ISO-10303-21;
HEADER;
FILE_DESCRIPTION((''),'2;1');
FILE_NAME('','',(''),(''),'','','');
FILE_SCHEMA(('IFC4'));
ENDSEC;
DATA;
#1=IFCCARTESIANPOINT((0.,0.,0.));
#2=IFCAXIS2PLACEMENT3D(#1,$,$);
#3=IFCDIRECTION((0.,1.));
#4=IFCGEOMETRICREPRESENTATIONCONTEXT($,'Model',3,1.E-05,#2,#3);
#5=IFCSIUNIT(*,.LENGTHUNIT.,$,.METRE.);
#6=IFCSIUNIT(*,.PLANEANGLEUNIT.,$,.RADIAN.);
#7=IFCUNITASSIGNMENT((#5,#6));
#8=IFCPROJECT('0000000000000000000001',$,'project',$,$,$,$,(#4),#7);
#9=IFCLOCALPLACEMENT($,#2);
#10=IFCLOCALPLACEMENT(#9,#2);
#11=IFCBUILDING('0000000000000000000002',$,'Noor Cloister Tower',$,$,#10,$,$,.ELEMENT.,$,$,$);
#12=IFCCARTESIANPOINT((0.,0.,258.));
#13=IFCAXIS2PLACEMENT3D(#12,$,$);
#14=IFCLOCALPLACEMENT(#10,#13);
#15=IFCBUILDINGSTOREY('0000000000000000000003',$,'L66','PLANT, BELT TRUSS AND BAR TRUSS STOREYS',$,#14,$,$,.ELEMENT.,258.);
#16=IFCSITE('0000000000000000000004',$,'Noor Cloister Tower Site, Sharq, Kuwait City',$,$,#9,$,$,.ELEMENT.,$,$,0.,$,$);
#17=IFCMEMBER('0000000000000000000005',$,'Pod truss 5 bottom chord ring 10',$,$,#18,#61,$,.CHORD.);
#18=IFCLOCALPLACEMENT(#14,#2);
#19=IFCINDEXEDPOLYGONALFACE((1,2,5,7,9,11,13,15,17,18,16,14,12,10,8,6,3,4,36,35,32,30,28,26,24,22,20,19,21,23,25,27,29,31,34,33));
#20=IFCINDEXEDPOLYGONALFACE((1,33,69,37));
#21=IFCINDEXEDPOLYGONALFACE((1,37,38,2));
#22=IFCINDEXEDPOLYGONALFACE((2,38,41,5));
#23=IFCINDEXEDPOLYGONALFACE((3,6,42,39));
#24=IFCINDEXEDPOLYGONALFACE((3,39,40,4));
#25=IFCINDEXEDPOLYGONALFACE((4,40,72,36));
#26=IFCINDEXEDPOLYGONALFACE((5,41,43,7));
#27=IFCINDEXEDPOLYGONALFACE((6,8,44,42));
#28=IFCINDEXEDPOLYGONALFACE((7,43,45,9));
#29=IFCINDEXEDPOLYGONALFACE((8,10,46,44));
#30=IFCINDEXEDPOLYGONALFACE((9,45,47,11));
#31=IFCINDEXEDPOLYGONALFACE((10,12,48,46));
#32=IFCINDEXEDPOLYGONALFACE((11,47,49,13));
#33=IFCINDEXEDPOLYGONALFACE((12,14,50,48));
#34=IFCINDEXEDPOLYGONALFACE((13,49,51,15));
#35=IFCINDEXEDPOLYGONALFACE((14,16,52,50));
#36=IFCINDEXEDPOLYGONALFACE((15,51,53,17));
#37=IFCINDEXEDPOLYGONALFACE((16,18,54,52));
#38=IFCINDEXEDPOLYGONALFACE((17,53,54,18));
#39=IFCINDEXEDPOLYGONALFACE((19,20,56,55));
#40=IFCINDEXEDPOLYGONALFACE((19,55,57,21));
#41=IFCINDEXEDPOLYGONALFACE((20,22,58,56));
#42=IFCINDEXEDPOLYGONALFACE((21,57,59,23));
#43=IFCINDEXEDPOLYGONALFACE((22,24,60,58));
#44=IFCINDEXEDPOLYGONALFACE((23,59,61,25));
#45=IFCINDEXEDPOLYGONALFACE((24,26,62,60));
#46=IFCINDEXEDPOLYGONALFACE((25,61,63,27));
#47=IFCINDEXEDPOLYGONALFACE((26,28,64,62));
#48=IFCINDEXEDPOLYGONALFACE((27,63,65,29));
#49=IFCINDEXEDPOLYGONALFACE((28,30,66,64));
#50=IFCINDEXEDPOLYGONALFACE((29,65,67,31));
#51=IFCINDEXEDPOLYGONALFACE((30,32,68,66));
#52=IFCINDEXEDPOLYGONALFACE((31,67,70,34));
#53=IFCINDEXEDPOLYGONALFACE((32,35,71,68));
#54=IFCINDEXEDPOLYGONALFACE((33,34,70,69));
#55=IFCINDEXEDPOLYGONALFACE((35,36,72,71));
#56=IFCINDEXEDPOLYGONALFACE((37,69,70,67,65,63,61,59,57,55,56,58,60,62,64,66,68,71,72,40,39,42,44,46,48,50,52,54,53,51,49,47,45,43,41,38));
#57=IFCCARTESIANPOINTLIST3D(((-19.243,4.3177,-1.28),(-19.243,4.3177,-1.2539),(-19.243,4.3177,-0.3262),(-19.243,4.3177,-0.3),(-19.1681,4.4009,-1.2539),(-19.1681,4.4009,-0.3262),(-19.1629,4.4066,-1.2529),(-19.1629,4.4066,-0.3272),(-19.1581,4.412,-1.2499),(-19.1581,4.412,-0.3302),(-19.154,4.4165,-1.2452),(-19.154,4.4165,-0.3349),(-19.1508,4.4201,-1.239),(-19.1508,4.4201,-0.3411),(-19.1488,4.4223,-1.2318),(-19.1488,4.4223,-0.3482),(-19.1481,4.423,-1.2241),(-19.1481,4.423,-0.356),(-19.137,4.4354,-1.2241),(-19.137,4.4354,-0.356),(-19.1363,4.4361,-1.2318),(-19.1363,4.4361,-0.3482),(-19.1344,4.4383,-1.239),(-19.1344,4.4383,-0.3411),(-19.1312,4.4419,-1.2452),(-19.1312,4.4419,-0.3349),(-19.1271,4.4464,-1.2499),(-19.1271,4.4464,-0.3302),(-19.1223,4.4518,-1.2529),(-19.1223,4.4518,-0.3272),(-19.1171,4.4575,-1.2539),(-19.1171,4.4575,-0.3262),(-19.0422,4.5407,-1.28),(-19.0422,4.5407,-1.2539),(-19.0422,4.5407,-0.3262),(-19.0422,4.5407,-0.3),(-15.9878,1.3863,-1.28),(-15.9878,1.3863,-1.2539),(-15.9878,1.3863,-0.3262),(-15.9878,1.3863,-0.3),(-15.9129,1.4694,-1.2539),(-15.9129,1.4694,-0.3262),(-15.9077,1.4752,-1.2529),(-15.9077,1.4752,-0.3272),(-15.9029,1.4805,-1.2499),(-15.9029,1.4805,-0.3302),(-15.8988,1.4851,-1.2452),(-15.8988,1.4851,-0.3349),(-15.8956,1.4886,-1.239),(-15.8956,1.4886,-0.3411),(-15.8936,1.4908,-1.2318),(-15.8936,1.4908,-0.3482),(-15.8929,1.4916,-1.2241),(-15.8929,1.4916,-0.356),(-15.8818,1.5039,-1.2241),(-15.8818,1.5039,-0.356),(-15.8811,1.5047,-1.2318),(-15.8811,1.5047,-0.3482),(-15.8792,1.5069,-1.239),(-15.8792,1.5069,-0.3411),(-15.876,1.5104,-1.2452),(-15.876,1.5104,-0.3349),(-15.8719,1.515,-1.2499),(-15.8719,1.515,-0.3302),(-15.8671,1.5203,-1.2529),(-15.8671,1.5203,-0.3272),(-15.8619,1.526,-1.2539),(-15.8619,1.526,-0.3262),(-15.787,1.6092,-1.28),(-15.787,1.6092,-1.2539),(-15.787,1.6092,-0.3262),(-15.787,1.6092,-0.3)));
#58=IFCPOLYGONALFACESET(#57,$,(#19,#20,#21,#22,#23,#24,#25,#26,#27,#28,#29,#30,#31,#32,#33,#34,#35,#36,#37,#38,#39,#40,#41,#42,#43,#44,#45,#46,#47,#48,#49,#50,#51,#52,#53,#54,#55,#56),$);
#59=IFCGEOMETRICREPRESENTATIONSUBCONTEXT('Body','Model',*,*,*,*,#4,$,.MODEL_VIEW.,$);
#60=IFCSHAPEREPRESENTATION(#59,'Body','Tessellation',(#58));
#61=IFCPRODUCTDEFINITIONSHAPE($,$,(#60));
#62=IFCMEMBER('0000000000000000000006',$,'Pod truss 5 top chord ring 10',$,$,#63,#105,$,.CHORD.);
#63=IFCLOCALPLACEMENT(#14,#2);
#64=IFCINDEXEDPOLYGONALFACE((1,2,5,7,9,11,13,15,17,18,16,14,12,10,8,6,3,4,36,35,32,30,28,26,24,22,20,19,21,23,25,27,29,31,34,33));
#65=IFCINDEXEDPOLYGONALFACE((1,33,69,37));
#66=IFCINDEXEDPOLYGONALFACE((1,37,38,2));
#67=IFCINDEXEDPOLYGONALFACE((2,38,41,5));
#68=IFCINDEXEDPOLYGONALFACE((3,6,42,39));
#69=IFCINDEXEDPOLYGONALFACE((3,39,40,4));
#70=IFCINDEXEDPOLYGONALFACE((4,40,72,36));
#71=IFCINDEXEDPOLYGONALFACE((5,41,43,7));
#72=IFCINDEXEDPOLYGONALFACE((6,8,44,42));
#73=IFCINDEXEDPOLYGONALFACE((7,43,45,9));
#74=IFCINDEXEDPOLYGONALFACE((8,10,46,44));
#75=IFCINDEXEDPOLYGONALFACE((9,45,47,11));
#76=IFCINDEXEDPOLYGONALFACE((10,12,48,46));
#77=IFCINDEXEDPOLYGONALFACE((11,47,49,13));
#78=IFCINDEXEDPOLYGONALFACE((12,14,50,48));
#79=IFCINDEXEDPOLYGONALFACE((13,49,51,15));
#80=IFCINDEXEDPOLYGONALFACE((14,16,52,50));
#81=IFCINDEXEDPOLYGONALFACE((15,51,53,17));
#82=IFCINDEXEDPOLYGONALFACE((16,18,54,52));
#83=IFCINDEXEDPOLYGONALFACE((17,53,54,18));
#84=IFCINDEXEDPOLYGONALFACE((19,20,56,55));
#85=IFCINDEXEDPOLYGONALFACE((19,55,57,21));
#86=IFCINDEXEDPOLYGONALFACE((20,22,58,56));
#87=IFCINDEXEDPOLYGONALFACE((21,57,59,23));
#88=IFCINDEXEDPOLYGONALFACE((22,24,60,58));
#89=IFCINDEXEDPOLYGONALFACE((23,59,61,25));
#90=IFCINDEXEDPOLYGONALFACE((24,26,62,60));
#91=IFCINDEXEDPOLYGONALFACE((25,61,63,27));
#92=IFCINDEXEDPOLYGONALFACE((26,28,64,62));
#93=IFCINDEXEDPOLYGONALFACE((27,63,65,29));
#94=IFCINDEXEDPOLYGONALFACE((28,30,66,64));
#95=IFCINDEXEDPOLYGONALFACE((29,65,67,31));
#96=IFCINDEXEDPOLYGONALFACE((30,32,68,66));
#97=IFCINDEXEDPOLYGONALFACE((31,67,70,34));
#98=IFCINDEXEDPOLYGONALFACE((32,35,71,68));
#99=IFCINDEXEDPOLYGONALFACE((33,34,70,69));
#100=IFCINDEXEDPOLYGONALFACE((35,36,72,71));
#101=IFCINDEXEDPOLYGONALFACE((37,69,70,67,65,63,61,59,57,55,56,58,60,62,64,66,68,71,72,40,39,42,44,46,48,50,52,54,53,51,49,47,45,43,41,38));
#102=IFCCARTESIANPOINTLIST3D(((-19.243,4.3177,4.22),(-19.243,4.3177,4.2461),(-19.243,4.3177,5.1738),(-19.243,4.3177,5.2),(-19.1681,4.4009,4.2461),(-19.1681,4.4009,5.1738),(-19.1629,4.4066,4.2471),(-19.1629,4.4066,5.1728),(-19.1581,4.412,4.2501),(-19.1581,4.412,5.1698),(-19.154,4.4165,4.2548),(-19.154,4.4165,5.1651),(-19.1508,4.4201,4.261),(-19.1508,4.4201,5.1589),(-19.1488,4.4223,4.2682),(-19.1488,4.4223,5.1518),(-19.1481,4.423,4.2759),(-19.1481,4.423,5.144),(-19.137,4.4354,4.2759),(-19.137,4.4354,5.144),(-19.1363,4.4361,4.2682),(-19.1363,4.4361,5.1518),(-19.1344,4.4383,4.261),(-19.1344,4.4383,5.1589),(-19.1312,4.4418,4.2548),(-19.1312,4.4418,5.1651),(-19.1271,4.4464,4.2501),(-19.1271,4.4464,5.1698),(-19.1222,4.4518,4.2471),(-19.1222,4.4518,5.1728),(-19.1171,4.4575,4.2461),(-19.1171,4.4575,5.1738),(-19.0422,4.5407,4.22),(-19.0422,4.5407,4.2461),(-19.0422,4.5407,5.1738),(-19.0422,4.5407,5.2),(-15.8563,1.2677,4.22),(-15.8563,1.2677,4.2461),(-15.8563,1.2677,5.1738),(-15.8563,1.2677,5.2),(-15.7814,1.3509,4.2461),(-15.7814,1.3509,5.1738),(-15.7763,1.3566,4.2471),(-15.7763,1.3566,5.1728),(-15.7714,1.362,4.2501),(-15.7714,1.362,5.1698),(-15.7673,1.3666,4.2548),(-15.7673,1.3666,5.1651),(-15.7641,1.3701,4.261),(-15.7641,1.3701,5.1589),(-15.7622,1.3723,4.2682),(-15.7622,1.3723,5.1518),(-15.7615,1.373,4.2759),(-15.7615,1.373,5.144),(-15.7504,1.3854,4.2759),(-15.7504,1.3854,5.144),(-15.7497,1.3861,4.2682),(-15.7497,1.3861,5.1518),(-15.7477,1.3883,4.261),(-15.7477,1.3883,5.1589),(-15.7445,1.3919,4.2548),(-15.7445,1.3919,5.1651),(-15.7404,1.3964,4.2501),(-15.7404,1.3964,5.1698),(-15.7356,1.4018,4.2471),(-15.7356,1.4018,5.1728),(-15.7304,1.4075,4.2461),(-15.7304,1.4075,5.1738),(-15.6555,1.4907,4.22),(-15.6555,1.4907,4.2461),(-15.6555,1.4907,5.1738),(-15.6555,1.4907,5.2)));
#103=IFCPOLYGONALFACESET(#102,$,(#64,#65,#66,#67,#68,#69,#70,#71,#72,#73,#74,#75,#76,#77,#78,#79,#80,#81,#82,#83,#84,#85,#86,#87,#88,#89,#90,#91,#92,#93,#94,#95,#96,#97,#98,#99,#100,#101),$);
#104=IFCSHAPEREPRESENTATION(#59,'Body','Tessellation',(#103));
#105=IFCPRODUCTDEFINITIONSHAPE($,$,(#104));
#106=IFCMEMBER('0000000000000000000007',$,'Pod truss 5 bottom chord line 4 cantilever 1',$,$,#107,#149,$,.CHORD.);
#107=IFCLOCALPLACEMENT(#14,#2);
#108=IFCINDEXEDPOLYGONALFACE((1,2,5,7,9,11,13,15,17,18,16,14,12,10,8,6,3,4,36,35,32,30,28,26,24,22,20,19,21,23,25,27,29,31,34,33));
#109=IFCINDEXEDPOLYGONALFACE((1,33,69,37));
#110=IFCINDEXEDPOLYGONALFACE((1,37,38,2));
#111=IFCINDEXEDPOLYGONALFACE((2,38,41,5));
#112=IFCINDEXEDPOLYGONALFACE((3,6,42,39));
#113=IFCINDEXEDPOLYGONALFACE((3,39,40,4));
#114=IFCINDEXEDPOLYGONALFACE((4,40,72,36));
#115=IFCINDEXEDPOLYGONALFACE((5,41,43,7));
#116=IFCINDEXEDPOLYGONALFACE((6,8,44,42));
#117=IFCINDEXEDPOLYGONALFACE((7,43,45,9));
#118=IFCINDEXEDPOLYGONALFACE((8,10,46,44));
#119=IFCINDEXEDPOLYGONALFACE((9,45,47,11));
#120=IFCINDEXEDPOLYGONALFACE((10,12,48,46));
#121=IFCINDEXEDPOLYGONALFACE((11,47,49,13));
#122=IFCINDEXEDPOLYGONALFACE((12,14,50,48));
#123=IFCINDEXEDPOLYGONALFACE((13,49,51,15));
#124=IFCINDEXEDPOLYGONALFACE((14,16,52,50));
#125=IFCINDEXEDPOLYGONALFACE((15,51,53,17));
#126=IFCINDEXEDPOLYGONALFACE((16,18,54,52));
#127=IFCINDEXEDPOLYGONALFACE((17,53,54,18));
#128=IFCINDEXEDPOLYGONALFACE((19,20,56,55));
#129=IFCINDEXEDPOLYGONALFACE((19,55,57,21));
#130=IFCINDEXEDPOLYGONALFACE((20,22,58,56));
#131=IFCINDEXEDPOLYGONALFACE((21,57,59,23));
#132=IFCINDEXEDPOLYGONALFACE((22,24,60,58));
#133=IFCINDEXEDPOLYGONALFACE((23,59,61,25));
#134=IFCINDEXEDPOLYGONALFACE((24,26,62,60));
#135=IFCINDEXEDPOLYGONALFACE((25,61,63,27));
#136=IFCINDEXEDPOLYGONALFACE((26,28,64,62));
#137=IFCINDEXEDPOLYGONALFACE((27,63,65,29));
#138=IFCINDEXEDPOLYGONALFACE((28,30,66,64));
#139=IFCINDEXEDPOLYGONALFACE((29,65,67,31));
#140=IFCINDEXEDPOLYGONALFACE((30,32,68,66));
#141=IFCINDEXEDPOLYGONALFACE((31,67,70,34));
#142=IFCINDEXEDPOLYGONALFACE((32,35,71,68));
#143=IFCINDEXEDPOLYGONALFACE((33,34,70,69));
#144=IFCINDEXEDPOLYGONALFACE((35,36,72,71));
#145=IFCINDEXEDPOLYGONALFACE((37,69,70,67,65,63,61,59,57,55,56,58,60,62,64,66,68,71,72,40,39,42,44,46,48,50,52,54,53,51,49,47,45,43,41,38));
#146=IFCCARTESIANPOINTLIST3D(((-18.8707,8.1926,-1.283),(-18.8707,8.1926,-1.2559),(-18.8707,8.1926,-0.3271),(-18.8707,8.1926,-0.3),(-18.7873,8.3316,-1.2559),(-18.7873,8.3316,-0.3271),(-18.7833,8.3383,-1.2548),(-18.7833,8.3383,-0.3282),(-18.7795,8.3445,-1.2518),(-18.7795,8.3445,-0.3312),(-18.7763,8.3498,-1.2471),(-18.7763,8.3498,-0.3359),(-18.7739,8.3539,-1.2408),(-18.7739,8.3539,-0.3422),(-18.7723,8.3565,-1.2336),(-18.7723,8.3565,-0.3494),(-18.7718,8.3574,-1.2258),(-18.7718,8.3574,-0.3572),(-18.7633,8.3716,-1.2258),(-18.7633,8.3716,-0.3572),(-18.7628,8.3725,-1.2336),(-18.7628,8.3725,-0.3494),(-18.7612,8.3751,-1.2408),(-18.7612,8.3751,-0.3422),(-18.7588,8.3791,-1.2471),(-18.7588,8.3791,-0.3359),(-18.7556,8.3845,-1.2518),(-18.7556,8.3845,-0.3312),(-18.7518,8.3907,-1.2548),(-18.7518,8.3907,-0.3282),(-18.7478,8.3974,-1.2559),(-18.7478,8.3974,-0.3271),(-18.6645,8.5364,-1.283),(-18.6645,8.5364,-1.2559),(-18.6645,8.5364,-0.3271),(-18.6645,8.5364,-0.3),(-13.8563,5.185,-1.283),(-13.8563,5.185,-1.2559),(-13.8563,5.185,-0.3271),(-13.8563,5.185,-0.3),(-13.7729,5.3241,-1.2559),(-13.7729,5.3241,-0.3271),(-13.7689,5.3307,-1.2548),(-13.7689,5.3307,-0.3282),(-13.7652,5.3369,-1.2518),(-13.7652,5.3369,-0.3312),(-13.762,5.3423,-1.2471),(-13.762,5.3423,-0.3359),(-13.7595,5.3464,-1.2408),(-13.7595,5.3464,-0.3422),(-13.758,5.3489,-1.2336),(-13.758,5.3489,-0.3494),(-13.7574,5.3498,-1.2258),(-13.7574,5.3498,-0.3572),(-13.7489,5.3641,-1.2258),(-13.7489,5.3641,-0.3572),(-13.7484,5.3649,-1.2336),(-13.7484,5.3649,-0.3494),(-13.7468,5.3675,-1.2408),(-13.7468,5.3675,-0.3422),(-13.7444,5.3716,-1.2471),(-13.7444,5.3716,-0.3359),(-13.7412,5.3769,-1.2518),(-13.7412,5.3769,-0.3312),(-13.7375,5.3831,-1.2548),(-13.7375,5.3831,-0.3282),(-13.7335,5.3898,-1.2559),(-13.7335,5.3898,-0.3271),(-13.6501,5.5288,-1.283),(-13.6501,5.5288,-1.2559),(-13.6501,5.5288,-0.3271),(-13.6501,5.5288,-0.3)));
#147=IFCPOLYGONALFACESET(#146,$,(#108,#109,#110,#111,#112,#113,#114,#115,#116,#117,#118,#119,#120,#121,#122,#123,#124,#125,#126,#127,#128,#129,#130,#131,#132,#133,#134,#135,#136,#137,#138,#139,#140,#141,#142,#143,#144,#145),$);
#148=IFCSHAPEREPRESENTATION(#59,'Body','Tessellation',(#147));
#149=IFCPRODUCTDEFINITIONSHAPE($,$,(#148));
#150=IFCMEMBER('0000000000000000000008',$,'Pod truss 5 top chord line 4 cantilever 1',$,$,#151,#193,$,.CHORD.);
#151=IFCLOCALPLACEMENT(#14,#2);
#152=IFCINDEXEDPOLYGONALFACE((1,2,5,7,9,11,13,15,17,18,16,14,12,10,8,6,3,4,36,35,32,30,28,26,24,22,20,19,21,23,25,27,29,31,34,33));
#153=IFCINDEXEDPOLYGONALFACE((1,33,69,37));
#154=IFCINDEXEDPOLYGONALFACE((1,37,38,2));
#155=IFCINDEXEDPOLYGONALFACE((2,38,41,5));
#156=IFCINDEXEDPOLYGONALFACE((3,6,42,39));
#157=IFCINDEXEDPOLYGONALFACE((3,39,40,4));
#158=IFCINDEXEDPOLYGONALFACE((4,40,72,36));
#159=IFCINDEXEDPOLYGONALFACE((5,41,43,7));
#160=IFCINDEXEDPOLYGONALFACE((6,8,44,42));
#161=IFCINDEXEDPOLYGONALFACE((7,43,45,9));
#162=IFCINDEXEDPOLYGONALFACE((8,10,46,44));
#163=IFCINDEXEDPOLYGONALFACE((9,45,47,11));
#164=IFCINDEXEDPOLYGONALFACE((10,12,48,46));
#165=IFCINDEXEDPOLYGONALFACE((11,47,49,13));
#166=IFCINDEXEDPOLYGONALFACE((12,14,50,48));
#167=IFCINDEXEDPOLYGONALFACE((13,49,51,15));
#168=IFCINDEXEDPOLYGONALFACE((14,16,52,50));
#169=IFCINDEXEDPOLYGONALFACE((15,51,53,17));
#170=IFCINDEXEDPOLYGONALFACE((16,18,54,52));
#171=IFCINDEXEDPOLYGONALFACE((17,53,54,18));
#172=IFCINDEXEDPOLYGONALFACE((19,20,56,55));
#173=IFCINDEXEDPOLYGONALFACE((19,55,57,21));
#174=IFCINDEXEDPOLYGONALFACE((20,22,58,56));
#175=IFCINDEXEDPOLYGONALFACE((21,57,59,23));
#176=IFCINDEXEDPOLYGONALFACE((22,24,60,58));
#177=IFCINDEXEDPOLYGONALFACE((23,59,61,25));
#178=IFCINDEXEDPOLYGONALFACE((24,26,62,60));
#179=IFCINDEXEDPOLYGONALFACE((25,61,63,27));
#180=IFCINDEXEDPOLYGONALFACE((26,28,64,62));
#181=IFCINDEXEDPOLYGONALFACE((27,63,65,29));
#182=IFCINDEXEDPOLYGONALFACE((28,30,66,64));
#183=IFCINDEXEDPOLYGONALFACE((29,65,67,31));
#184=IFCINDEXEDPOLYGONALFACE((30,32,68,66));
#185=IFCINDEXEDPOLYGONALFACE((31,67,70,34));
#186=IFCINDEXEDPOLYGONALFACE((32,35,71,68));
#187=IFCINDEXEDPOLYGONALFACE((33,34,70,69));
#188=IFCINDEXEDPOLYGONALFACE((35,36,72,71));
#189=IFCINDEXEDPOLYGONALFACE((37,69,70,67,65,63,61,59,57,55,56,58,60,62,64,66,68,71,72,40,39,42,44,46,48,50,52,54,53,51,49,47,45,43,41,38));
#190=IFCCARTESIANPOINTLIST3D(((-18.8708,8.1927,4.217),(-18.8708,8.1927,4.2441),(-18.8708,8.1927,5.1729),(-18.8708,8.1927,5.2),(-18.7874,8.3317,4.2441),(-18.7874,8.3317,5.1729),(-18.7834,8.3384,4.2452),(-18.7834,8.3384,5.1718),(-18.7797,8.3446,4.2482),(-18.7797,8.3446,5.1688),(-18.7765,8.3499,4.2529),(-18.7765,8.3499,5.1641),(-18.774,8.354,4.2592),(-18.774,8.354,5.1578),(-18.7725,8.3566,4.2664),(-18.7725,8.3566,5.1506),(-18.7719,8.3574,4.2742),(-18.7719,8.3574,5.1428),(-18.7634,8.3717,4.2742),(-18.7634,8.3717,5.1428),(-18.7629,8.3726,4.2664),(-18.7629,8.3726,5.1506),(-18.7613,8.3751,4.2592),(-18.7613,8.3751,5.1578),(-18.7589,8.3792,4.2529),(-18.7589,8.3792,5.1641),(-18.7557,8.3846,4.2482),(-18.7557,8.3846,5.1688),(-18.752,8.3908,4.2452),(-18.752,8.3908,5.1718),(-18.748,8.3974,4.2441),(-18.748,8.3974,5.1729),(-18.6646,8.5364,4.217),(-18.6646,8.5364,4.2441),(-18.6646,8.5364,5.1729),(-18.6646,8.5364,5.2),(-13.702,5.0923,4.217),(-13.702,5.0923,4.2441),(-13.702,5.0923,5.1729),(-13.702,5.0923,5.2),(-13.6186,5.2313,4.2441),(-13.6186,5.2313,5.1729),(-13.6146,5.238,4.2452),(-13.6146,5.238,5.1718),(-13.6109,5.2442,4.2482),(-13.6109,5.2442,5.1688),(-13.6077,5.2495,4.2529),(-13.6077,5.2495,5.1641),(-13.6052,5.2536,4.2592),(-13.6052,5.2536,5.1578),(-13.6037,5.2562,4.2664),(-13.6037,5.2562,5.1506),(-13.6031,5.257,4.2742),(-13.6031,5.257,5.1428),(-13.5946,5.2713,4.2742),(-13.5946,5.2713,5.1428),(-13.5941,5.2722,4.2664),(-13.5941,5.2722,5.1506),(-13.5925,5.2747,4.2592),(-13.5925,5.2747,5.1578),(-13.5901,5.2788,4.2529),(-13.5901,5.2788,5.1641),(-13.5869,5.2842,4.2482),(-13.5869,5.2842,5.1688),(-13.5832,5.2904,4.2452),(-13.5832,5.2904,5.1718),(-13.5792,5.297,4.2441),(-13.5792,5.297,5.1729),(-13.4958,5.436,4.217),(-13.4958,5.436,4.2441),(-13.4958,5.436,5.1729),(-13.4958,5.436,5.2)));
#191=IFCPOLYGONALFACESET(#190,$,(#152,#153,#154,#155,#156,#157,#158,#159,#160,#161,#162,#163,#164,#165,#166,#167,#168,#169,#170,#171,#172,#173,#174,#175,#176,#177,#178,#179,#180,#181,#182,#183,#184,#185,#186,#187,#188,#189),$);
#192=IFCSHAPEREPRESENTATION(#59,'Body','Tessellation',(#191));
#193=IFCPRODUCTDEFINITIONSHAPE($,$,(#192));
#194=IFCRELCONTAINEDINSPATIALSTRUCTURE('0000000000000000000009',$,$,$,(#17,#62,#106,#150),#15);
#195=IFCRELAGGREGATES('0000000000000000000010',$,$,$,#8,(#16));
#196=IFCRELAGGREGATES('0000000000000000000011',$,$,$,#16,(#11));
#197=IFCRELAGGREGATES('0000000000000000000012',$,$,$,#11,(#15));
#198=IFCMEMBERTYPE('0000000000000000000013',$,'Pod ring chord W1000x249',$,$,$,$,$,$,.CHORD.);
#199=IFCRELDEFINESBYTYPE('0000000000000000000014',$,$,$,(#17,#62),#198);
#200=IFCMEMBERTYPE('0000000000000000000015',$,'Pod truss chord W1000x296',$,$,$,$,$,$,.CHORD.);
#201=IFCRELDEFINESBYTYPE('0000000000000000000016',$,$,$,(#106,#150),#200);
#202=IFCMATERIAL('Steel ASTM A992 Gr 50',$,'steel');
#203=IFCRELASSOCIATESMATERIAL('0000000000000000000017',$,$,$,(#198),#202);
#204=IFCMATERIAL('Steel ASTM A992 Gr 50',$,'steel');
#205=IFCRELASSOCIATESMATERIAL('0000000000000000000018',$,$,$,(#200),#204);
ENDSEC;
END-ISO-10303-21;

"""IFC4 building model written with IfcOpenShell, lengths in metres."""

from ifc_helpers import new_model, si_unit, direction, frame, origin, origin_2d, place, context, subcontext, project, spatial, i_section, extrude, material, material_profile, profile_set, type_object, element, save


model = new_model("IFC4")

# Units and contexts
model_context = context("Model", 3, precision=1e-05, world=origin(), true_north=direction((0.0, 1.0)))
body_context = subcontext(model_context, "Body", "Model", "MODEL_VIEW")
ifc_project = project(units=[si_unit("LENGTHUNIT", "METRE"), si_unit("PLANEANGLEUNIT", "RADIAN")], contexts=[model_context])

# Site, building, storey
site_placement = place(None, origin())
site = spatial("IfcSite", under=ifc_project, at=site_placement, Name="Noor Cloister Tower Site, Sharq, Kuwait City", CompositionType="ELEMENT", RefElevation=0.0)
building_placement = place(site_placement, origin())
building = spatial("IfcBuilding", under=site, at=building_placement, Name="Noor Cloister Tower", CompositionType="ELEMENT")
storey_placement = place(building_placement, frame((0.0, 0.0, 258.0)))
storey = spatial("IfcBuildingStorey", under=building, at=storey_placement, Name="L66", Description="PLANT, BELT TRUSS AND BAR TRUSS STOREYS", CompositionType="ELEMENT", Elevation=258.0)

# Members
ifc_material_1 = material(Name="Steel ASTM A992 Gr 50", Category="steel")
ifc_material_profile_1 = material_profile(ifc_material_1, i_section(OverallWidth=0.3, OverallDepth=0.98, WebThickness=0.0166, FlangeThickness=0.0261, FilletRadius=0.0298, at=origin_2d()), Name="W1000x249")
ifc_profile_set_1 = profile_set([ifc_material_profile_1], Name="Steel ASTM A992 Gr 50")
member_type_1 = type_object("IfcMemberType", Name="Pod ring chord W1000x249", PredefinedType="CHORD", material=ifc_profile_set_1)
member_1_placement = place(storey_placement, frame((-19.1426, 4.4292, -0.79), z_axis=(0.743092, -0.669189, 0.0), x_axis=(0.669189, 0.743092, 0.0)))
element("IfcMember", 1, at=member_1_placement, inside=storey, type_object=member_type_1, Name="Pod truss 5 bottom chord ring 10", PredefinedType="CHORD", context=body_context, shape_type="SweptSolid", body=[
    extrude(i_section(OverallWidth=0.3, OverallDepth=0.98, WebThickness=0.0166, FlangeThickness=0.0261, FilletRadius=0.0298, at=origin_2d()), origin(), (0.0, 0.0, 1.0), 4.3806),
])
member_2_placement = place(storey_placement, frame((-19.1426, 4.4292, 4.71), z_axis=(0.743076, -0.669207, 0.0), x_axis=(0.669207, 0.743076, 0.0)))
element("IfcMember", 2, at=member_2_placement, inside=storey, type_object=member_type_1, Name="Pod truss 5 top chord ring 10", PredefinedType="CHORD", context=body_context, shape_type="SweptSolid", body=[
    extrude(i_section(OverallWidth=0.3, OverallDepth=0.98, WebThickness=0.0166, FlangeThickness=0.0261, FilletRadius=0.0298, at=origin_2d()), origin(), (0.0, 0.0, 1.0), 4.5576),
])
ifc_material_2 = material(Name="Steel ASTM A992 Gr 50", Category="steel")
ifc_material_profile_2 = material_profile(ifc_material_2, i_section(OverallWidth=0.4009, OverallDepth=0.9829, WebThickness=0.0166, FlangeThickness=0.0271, FilletRadius=0.03, at=origin_2d()), Name="W1000x296")
ifc_profile_set_2 = profile_set([ifc_material_profile_2], Name="Steel ASTM A992 Gr 50")
member_type_2 = type_object("IfcMemberType", Name="Pod truss chord W1000x296", PredefinedType="CHORD", material=ifc_profile_set_2)
member_3_placement = place(storey_placement, frame((-13.7532, 5.3569, -0.7915), z_axis=(-0.857574, 0.514361, 0.0), x_axis=(-0.514361, -0.857574, 0.0)))
element("IfcMember", 3, at=member_3_placement, inside=storey, type_object=member_type_2, Name="Pod truss 5 bottom chord line 4 cantilever 1", PredefinedType="CHORD", context=body_context, shape_type="SweptSolid", body=[
    extrude(i_section(OverallWidth=0.4009, OverallDepth=0.9829, WebThickness=0.0166, FlangeThickness=0.0271, FilletRadius=0.03, at=origin_2d()), origin(), (0.0, 0.0, 1.0), 5.8472),
])
member_4_placement = place(storey_placement, frame((-13.5989, 5.2642, 4.7085), z_axis=(-0.857557, 0.514389, 0.0), x_axis=(-0.514389, -0.857557, 0.0)))
element("IfcMember", 4, at=member_4_placement, inside=storey, type_object=member_type_2, Name="Pod truss 5 top chord line 4 cantilever 1", PredefinedType="CHORD", context=body_context, shape_type="SweptSolid", body=[
    extrude(i_section(OverallWidth=0.4009, OverallDepth=0.9829, WebThickness=0.0166, FlangeThickness=0.0271, FilletRadius=0.03, at=origin_2d()), origin(), (0.0, 0.0, 1.0), 6.0273),
])

save(model, "model.ifc")
